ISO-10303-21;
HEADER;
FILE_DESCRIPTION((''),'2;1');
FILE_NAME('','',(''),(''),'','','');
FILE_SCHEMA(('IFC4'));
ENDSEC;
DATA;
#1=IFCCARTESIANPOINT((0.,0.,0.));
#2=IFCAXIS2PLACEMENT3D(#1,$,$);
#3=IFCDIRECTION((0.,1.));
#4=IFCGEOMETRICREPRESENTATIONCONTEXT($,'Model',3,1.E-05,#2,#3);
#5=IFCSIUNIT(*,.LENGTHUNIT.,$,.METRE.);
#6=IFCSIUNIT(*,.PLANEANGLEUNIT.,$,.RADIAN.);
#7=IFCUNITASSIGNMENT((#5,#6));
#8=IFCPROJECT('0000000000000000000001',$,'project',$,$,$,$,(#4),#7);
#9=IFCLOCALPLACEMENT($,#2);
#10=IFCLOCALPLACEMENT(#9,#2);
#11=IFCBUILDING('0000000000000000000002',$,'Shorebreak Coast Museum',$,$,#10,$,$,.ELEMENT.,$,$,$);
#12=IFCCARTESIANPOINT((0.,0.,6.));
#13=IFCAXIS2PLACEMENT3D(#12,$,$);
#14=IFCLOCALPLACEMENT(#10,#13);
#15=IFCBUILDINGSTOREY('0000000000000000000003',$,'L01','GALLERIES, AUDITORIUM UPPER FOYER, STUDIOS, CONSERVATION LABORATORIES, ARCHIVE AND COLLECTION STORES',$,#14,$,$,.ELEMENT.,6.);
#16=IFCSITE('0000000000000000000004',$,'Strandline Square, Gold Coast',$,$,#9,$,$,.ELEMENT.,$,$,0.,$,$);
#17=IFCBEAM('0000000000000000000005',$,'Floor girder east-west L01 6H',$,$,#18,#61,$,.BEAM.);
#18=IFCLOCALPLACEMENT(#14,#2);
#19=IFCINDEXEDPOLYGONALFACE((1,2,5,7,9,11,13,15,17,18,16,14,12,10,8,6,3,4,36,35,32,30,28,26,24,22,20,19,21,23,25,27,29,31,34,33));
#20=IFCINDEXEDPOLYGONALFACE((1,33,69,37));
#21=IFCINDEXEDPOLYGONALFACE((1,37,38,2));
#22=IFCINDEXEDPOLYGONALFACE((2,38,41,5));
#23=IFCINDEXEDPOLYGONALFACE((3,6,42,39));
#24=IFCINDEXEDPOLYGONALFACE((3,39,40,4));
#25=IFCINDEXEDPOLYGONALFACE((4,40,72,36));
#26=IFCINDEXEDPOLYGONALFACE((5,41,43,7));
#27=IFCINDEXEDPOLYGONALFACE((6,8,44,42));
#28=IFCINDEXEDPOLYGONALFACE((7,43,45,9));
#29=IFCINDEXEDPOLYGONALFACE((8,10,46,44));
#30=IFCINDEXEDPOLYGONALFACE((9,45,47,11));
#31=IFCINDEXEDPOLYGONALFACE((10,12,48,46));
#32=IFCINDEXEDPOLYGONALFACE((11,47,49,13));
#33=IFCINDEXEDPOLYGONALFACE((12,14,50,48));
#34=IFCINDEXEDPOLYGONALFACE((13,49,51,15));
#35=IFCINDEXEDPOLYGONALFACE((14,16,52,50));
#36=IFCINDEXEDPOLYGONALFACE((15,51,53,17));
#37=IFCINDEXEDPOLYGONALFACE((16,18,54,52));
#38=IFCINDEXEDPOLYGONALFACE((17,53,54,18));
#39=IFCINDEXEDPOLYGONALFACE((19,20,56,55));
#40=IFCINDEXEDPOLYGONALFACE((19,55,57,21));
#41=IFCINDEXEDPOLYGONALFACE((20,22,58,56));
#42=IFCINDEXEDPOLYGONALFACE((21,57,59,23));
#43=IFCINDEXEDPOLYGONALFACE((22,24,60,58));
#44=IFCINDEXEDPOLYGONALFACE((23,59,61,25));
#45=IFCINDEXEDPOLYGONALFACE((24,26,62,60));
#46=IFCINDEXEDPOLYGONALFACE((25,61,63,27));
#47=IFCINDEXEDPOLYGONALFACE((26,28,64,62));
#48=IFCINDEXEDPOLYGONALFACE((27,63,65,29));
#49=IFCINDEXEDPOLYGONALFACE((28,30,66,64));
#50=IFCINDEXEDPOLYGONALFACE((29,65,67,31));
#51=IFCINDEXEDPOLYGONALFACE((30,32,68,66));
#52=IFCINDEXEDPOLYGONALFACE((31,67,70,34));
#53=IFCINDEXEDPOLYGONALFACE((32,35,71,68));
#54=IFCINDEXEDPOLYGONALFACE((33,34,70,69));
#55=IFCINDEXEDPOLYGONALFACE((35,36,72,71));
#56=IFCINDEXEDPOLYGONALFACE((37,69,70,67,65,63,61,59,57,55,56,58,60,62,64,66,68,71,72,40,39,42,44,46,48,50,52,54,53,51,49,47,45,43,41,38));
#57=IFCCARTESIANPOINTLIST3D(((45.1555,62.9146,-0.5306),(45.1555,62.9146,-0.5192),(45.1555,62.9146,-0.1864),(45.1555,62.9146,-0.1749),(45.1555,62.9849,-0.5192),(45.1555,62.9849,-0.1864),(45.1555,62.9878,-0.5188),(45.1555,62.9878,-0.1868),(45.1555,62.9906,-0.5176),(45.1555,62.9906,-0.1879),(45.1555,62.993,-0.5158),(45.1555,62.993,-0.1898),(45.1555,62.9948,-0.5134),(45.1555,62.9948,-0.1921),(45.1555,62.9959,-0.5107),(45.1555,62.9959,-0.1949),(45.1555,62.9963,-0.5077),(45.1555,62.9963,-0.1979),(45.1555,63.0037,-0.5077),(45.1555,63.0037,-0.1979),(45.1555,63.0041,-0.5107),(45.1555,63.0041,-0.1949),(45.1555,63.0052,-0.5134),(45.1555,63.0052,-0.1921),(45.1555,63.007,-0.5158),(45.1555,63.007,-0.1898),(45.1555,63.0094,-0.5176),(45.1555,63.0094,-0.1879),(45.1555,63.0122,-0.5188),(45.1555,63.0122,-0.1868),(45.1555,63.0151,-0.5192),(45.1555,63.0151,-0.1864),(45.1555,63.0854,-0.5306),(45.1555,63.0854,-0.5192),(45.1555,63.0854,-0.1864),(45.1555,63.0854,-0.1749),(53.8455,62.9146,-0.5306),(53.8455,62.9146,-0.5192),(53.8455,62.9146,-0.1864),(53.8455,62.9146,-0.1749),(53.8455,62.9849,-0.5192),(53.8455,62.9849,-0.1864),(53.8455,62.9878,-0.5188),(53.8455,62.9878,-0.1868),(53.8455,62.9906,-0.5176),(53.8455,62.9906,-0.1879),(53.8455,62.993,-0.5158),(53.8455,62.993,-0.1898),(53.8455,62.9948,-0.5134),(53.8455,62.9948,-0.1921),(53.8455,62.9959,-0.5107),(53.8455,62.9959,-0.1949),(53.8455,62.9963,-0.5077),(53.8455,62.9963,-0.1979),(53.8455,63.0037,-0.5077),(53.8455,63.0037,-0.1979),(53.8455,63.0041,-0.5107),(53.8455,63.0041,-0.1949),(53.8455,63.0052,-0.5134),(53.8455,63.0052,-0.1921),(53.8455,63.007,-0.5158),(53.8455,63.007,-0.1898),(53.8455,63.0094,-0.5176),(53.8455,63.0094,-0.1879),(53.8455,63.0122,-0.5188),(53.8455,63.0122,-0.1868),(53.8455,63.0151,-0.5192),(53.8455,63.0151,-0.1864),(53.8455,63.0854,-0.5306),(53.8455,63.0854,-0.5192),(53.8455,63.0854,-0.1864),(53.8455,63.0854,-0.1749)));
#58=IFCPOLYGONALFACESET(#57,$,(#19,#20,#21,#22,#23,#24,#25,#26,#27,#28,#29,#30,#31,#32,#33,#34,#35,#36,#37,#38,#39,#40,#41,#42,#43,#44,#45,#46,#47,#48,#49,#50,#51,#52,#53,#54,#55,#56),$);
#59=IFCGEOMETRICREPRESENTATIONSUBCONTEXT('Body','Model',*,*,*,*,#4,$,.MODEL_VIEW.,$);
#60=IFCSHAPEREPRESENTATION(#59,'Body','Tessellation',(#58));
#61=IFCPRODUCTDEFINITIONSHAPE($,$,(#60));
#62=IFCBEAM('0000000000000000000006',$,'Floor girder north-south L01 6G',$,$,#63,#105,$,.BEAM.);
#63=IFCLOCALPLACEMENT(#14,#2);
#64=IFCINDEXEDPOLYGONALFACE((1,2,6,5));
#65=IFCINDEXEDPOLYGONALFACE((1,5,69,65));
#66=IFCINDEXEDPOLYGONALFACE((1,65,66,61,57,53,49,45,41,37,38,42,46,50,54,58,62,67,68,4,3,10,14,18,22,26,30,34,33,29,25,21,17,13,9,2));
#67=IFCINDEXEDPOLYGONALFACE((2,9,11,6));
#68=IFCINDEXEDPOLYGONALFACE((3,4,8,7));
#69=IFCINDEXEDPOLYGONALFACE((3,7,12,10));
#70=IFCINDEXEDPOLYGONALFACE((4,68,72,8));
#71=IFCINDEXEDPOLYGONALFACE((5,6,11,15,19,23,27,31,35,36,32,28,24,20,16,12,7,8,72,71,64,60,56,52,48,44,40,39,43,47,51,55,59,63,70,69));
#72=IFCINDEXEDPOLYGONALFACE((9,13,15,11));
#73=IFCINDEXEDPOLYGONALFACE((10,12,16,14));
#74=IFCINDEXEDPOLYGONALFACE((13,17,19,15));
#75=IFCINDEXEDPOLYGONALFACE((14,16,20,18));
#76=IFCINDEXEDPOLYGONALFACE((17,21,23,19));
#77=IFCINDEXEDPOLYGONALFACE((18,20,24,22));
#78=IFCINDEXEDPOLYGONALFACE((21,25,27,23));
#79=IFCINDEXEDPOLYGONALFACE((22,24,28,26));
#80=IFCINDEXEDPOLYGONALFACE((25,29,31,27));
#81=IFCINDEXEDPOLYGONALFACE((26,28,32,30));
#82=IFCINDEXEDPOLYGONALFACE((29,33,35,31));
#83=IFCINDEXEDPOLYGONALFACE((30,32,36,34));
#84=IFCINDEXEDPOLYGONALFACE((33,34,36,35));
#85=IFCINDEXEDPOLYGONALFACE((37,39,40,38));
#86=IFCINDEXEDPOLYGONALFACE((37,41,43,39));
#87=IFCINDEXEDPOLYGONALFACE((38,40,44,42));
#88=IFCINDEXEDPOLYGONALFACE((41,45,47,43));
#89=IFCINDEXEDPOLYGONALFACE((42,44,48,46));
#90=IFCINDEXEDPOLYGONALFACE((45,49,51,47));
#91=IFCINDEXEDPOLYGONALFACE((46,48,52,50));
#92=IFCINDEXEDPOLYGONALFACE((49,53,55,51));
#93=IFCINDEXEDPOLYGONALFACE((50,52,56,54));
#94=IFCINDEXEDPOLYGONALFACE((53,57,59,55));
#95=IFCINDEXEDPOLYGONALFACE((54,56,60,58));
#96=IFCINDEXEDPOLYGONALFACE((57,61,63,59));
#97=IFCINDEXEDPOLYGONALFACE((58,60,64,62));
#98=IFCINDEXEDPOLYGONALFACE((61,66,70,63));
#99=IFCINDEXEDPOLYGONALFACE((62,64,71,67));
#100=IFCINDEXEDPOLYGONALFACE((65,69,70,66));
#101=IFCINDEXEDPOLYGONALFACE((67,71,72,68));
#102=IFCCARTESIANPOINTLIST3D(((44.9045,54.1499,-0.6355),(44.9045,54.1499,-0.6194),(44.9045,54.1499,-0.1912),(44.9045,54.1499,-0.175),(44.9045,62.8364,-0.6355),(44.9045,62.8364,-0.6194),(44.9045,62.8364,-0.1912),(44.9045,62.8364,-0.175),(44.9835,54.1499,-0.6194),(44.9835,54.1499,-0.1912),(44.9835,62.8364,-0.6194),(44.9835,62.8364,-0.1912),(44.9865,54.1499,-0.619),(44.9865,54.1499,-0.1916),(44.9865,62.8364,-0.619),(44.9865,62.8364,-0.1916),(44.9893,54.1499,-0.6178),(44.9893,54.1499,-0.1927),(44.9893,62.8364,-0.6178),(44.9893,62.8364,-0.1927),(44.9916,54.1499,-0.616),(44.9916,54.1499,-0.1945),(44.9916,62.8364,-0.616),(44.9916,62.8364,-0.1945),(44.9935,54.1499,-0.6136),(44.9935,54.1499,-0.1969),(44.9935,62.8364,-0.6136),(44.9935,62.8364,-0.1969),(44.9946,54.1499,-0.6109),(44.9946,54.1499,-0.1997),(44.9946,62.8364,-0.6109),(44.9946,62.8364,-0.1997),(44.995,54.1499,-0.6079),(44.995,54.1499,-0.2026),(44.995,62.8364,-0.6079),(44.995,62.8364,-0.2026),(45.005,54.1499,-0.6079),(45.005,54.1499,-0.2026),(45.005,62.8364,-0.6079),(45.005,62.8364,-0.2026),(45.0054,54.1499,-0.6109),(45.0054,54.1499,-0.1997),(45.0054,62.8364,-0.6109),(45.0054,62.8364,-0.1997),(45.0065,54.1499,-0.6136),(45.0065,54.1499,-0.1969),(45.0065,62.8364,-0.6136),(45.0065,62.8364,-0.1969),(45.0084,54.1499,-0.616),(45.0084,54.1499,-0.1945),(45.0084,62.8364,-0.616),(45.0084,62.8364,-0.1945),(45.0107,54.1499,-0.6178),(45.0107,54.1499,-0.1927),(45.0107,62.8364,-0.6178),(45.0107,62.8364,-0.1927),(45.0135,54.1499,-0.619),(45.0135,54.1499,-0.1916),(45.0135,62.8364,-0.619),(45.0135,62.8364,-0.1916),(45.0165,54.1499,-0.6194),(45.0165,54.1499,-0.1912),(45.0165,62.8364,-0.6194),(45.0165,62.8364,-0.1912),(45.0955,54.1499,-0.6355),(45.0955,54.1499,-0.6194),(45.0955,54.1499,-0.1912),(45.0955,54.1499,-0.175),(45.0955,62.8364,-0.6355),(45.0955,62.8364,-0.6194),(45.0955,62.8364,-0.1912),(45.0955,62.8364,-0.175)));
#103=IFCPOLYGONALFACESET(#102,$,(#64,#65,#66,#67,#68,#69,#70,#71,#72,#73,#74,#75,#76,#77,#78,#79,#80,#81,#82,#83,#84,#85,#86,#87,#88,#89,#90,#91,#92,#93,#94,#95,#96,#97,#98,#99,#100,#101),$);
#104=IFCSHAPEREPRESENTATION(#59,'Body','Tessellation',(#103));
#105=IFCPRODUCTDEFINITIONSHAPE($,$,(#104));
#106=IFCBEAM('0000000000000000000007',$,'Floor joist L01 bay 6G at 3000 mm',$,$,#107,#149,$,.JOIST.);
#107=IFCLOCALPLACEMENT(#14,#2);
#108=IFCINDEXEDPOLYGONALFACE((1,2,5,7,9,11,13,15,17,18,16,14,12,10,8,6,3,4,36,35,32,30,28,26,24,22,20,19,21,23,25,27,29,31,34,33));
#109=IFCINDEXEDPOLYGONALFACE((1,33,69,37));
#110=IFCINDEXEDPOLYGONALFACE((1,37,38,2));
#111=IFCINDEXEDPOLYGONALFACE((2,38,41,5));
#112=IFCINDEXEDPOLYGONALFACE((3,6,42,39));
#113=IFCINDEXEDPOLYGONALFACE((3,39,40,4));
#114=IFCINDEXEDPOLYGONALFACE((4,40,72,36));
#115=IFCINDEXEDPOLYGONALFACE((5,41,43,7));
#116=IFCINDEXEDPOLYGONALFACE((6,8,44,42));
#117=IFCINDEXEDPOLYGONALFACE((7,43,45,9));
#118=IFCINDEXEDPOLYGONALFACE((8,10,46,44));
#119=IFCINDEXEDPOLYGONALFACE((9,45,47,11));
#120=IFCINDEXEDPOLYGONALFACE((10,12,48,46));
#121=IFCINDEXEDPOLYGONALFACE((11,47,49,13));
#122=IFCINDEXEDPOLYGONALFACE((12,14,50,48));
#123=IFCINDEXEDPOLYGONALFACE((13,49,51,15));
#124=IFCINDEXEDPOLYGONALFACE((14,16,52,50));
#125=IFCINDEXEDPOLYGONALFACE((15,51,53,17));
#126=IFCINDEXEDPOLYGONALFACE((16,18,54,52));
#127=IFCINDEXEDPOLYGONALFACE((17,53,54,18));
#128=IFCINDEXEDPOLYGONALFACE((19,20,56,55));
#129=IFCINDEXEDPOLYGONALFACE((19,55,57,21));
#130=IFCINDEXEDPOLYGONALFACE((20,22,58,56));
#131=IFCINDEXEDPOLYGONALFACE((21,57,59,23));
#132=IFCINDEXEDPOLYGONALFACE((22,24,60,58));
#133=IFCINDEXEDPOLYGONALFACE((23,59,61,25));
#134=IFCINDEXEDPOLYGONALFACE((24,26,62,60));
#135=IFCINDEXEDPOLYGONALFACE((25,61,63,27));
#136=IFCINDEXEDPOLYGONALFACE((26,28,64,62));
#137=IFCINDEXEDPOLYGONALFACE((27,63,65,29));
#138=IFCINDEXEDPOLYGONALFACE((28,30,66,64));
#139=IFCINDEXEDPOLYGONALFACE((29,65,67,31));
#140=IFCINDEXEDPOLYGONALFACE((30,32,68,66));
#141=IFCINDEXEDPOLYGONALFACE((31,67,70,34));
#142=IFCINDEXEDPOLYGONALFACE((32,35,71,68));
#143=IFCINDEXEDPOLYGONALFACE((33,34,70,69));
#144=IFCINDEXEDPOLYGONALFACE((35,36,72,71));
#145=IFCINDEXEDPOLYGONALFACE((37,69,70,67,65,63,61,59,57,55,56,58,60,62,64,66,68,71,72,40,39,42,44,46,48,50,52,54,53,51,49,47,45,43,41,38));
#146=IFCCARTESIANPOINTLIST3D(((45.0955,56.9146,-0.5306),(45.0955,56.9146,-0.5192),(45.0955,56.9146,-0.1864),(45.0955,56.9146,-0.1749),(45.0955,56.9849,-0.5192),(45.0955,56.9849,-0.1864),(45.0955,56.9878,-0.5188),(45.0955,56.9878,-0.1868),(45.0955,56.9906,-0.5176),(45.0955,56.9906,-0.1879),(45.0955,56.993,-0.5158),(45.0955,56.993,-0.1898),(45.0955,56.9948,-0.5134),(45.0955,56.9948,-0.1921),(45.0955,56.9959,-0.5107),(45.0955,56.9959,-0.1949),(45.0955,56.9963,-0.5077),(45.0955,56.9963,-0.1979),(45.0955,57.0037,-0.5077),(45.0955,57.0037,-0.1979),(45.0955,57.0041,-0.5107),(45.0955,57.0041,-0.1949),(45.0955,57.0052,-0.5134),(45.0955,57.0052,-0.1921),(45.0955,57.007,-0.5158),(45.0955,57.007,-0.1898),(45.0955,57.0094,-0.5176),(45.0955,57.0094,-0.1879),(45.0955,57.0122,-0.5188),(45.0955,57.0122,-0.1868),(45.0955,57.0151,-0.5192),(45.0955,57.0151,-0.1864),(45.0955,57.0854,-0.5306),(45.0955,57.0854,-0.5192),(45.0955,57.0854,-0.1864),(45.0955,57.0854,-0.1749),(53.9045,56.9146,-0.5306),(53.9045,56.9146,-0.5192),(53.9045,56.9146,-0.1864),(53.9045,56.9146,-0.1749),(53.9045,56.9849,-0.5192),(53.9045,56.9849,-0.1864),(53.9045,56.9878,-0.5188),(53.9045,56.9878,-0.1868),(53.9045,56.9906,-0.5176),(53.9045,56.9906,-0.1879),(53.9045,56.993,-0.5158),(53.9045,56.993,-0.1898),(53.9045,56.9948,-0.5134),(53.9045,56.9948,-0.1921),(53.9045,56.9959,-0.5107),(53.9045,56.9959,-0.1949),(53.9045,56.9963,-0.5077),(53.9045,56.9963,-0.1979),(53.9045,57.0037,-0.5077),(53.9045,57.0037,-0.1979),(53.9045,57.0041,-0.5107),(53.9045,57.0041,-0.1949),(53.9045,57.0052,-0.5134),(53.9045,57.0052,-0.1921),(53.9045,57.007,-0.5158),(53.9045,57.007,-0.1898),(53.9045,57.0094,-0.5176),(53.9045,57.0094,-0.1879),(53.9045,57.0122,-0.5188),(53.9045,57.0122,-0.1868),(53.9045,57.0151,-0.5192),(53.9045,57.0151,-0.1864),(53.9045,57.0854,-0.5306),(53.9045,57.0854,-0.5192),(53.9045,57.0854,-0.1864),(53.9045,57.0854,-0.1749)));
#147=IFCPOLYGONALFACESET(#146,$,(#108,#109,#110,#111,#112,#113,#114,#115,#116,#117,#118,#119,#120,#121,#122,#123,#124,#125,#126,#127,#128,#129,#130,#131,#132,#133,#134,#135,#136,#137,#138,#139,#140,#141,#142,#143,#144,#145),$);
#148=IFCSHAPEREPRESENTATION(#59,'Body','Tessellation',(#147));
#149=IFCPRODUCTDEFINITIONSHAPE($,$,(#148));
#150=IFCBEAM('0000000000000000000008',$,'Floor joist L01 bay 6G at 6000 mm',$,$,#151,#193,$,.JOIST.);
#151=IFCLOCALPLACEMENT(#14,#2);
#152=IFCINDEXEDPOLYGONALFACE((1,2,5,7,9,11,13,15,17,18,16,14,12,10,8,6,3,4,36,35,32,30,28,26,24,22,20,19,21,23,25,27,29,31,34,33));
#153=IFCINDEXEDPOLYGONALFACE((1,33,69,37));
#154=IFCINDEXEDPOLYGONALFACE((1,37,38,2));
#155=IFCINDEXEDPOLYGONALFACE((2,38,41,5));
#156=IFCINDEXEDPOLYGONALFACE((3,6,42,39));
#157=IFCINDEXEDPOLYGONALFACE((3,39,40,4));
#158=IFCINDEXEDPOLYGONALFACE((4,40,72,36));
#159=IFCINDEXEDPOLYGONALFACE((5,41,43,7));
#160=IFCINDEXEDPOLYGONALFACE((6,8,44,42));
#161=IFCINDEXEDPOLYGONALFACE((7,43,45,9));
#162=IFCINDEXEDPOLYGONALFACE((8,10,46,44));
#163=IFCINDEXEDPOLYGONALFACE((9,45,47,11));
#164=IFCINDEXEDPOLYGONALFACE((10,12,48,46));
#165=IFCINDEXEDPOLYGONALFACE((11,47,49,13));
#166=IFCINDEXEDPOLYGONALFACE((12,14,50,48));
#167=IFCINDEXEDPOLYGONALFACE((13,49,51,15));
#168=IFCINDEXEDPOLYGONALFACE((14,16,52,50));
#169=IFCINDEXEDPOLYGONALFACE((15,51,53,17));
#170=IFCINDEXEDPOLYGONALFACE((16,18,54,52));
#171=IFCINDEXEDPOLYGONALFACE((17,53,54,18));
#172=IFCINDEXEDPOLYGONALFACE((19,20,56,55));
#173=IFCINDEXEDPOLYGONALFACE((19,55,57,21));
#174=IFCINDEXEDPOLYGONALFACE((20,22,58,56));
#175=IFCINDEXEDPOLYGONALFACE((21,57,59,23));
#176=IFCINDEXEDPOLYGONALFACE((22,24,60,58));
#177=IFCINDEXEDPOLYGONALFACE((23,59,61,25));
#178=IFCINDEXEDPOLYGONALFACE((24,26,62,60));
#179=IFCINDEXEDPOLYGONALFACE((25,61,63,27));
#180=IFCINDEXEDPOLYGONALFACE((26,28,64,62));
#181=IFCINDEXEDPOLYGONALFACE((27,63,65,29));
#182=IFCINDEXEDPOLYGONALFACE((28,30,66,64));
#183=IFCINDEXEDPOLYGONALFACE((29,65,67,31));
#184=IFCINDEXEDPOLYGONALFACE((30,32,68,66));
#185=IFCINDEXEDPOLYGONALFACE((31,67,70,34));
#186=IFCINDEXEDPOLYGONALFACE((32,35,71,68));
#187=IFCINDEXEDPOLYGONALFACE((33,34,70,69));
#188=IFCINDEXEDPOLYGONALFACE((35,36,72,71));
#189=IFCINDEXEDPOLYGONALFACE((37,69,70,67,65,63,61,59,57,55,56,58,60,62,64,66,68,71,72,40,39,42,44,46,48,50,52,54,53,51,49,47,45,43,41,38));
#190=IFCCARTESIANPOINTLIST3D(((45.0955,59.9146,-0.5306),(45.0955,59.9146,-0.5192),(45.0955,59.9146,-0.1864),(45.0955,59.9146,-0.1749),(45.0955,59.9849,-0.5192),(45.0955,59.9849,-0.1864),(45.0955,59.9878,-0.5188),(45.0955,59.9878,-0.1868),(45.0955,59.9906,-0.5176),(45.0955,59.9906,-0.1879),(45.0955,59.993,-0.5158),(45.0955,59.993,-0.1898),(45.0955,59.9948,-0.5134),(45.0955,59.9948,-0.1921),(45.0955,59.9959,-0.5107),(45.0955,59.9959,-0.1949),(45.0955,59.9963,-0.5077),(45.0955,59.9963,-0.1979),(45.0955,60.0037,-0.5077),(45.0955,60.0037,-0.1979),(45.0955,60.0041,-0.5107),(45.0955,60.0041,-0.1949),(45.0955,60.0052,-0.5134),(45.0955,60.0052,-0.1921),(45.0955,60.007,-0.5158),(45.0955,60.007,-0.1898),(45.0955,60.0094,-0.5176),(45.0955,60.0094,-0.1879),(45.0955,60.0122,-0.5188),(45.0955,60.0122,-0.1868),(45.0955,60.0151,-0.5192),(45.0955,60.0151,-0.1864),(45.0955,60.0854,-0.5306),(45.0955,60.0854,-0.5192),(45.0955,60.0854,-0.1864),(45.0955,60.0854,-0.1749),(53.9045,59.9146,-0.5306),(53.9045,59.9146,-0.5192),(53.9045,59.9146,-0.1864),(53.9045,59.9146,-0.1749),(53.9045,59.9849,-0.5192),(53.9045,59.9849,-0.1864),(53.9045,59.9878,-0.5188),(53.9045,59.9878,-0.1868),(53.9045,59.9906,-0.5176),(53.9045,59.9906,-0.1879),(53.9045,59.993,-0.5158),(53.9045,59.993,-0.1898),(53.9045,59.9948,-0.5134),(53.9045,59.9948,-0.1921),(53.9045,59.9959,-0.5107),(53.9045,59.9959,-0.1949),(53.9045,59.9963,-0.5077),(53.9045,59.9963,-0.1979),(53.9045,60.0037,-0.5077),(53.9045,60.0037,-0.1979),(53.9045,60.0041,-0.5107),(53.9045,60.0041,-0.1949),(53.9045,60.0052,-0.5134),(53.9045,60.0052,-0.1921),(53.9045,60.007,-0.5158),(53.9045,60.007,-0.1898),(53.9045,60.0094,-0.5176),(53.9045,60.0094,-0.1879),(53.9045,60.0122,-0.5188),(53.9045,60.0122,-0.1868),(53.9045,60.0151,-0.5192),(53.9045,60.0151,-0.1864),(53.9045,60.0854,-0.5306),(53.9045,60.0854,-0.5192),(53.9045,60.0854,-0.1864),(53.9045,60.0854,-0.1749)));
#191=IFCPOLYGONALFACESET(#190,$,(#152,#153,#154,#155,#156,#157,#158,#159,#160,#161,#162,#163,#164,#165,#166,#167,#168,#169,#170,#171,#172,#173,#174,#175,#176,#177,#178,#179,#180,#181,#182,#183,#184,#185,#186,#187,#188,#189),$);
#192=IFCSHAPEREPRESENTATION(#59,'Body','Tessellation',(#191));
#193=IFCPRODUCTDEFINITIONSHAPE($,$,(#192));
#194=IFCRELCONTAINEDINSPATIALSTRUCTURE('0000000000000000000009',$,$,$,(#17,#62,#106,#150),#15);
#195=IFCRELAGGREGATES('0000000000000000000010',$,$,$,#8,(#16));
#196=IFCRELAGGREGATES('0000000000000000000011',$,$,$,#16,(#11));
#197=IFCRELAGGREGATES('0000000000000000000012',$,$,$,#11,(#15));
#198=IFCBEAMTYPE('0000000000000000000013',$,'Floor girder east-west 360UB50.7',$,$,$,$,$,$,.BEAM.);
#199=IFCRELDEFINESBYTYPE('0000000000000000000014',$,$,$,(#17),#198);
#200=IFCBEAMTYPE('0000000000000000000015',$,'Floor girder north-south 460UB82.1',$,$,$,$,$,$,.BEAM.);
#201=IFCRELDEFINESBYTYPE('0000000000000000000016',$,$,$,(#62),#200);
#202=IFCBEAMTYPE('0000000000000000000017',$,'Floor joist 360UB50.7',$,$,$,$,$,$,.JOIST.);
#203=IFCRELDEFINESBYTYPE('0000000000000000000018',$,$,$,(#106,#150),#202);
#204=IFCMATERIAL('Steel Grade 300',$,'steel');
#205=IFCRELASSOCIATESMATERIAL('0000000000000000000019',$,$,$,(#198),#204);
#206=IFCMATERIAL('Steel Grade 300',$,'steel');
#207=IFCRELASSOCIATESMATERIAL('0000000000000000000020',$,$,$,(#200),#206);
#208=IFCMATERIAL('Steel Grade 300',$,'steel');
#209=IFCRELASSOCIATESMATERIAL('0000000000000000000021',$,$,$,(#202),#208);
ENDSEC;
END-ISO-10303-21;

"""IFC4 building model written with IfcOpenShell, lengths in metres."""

from ifc_helpers import new_model, si_unit, direction, frame, origin, origin_2d, place, context, subcontext, project, spatial, i_section, extrude, material, material_profile, profile_set, type_object, element, save


model = new_model("IFC4")

# Units and contexts
model_context = context("Model", 3, precision=1e-05, world=origin(), true_north=direction((0.0, 1.0)))
body_context = subcontext(model_context, "Body", "Model", "MODEL_VIEW")
ifc_project = project(units=[si_unit("LENGTHUNIT", "METRE"), si_unit("PLANEANGLEUNIT", "RADIAN")], contexts=[model_context])

# Site, building, storey
site_placement = place(None, origin())
site = spatial("IfcSite", under=ifc_project, at=site_placement, Name="Strandline Square, Gold Coast", CompositionType="ELEMENT", RefElevation=0.0)
building_placement = place(site_placement, origin())
building = spatial("IfcBuilding", under=site, at=building_placement, Name="Shorebreak Coast Museum", CompositionType="ELEMENT")
storey_placement = place(building_placement, frame((0.0, 0.0, 6.0)))
storey = spatial("IfcBuildingStorey", under=building, at=storey_placement, Name="L01", Description="GALLERIES, AUDITORIUM UPPER FOYER, STUDIOS, CONSERVATION LABORATORIES, ARCHIVE AND COLLECTION STORES", CompositionType="ELEMENT", Elevation=6.0)

# Beams
ifc_material_1 = material(Name="Steel Grade 300", Category="steel")
ifc_material_profile_1 = material_profile(ifc_material_1, i_section(OverallWidth=0.1709, OverallDepth=0.3557, WebThickness=0.0073, FlangeThickness=0.0115, FilletRadius=0.0115, at=origin_2d()), Name="360UB50.7")
ifc_profile_set_1 = profile_set([ifc_material_profile_1], Name="Steel Grade 300")
beam_type_1 = type_object("IfcBeamType", Name="Floor girder east-west 360UB50.7", PredefinedType="BEAM", material=ifc_profile_set_1)
beam_1_placement = place(storey_placement, frame((45.1555, 63.0, -0.3528), z_axis=(1.0, 0.0, 0.0), x_axis=(0.0, 1.0, 0.0)))
element("IfcBeam", 1, at=beam_1_placement, inside=storey, type_object=beam_type_1, Name="Floor girder east-west L01 6H", PredefinedType="BEAM", context=body_context, shape_type="SweptSolid", body=[
    extrude(i_section(OverallWidth=0.1709, OverallDepth=0.3557, WebThickness=0.0073, FlangeThickness=0.0115, FilletRadius=0.0115, at=origin_2d()), origin(), (0.0, 0.0, 1.0), 8.6899),
])
ifc_material_2 = material(Name="Steel Grade 300", Category="steel")
ifc_material_profile_2 = material_profile(ifc_material_2, i_section(OverallWidth=0.1909, OverallDepth=0.4604, WebThickness=0.01, FlangeThickness=0.0161, FilletRadius=0.0115, at=origin_2d()), Name="460UB82.1")
ifc_profile_set_2 = profile_set([ifc_material_profile_2], Name="Steel Grade 300")
beam_type_2 = type_object("IfcBeamType", Name="Floor girder north-south 460UB82.1", PredefinedType="BEAM", material=ifc_profile_set_2)
beam_2_placement = place(storey_placement, frame((45.0, 54.1499, -0.4053), z_axis=(0.0, 1.0, 0.0), x_axis=(-1.0, 0.0, 0.0)))
element("IfcBeam", 2, at=beam_2_placement, inside=storey, type_object=beam_type_2, Name="Floor girder north-south L01 6G", PredefinedType="BEAM", context=body_context, shape_type="SweptSolid", body=[
    extrude(i_section(OverallWidth=0.1909, OverallDepth=0.4604, WebThickness=0.01, FlangeThickness=0.0161, FilletRadius=0.0115, at=origin_2d()), origin(), (0.0, 0.0, 1.0), 8.6865),
])
ifc_material_3 = material(Name="Steel Grade 300", Category="steel")
ifc_material_profile_3 = material_profile(ifc_material_3, i_section(OverallWidth=0.1709, OverallDepth=0.3557, WebThickness=0.0073, FlangeThickness=0.0115, FilletRadius=0.0115, at=origin_2d()), Name="360UB50.7")
ifc_profile_set_3 = profile_set([ifc_material_profile_3], Name="Steel Grade 300")
beam_type_3 = type_object("IfcBeamType", Name="Floor joist 360UB50.7", PredefinedType="JOIST", material=ifc_profile_set_3)
for number, where, z_axis, x_axis, name in (
    (3, (45.0955, 57.0, -0.3528), (1.0, 0.0, 0.0), (0.0, 1.0, 0.0), "Floor joist L01 bay 6G at 3000 mm"),
    (4, (45.0955, 60.0, -0.3528), (1.0, 0.0, 0.0), (0.0, 1.0, 0.0), "Floor joist L01 bay 6G at 6000 mm"),
):
    element("IfcBeam", number, at=place(storey_placement, frame(where, z_axis=z_axis, x_axis=x_axis)), inside=storey, type_object=beam_type_3, Name=name, PredefinedType="JOIST", context=body_context, shape_type="SweptSolid", body=[
        extrude(i_section(OverallWidth=0.1709, OverallDepth=0.3557, WebThickness=0.0073, FlangeThickness=0.0115, FilletRadius=0.0115, at=origin_2d()), origin(), (0.0, 0.0, 1.0), 8.8091),
    ])

save(model, "model.ifc")
